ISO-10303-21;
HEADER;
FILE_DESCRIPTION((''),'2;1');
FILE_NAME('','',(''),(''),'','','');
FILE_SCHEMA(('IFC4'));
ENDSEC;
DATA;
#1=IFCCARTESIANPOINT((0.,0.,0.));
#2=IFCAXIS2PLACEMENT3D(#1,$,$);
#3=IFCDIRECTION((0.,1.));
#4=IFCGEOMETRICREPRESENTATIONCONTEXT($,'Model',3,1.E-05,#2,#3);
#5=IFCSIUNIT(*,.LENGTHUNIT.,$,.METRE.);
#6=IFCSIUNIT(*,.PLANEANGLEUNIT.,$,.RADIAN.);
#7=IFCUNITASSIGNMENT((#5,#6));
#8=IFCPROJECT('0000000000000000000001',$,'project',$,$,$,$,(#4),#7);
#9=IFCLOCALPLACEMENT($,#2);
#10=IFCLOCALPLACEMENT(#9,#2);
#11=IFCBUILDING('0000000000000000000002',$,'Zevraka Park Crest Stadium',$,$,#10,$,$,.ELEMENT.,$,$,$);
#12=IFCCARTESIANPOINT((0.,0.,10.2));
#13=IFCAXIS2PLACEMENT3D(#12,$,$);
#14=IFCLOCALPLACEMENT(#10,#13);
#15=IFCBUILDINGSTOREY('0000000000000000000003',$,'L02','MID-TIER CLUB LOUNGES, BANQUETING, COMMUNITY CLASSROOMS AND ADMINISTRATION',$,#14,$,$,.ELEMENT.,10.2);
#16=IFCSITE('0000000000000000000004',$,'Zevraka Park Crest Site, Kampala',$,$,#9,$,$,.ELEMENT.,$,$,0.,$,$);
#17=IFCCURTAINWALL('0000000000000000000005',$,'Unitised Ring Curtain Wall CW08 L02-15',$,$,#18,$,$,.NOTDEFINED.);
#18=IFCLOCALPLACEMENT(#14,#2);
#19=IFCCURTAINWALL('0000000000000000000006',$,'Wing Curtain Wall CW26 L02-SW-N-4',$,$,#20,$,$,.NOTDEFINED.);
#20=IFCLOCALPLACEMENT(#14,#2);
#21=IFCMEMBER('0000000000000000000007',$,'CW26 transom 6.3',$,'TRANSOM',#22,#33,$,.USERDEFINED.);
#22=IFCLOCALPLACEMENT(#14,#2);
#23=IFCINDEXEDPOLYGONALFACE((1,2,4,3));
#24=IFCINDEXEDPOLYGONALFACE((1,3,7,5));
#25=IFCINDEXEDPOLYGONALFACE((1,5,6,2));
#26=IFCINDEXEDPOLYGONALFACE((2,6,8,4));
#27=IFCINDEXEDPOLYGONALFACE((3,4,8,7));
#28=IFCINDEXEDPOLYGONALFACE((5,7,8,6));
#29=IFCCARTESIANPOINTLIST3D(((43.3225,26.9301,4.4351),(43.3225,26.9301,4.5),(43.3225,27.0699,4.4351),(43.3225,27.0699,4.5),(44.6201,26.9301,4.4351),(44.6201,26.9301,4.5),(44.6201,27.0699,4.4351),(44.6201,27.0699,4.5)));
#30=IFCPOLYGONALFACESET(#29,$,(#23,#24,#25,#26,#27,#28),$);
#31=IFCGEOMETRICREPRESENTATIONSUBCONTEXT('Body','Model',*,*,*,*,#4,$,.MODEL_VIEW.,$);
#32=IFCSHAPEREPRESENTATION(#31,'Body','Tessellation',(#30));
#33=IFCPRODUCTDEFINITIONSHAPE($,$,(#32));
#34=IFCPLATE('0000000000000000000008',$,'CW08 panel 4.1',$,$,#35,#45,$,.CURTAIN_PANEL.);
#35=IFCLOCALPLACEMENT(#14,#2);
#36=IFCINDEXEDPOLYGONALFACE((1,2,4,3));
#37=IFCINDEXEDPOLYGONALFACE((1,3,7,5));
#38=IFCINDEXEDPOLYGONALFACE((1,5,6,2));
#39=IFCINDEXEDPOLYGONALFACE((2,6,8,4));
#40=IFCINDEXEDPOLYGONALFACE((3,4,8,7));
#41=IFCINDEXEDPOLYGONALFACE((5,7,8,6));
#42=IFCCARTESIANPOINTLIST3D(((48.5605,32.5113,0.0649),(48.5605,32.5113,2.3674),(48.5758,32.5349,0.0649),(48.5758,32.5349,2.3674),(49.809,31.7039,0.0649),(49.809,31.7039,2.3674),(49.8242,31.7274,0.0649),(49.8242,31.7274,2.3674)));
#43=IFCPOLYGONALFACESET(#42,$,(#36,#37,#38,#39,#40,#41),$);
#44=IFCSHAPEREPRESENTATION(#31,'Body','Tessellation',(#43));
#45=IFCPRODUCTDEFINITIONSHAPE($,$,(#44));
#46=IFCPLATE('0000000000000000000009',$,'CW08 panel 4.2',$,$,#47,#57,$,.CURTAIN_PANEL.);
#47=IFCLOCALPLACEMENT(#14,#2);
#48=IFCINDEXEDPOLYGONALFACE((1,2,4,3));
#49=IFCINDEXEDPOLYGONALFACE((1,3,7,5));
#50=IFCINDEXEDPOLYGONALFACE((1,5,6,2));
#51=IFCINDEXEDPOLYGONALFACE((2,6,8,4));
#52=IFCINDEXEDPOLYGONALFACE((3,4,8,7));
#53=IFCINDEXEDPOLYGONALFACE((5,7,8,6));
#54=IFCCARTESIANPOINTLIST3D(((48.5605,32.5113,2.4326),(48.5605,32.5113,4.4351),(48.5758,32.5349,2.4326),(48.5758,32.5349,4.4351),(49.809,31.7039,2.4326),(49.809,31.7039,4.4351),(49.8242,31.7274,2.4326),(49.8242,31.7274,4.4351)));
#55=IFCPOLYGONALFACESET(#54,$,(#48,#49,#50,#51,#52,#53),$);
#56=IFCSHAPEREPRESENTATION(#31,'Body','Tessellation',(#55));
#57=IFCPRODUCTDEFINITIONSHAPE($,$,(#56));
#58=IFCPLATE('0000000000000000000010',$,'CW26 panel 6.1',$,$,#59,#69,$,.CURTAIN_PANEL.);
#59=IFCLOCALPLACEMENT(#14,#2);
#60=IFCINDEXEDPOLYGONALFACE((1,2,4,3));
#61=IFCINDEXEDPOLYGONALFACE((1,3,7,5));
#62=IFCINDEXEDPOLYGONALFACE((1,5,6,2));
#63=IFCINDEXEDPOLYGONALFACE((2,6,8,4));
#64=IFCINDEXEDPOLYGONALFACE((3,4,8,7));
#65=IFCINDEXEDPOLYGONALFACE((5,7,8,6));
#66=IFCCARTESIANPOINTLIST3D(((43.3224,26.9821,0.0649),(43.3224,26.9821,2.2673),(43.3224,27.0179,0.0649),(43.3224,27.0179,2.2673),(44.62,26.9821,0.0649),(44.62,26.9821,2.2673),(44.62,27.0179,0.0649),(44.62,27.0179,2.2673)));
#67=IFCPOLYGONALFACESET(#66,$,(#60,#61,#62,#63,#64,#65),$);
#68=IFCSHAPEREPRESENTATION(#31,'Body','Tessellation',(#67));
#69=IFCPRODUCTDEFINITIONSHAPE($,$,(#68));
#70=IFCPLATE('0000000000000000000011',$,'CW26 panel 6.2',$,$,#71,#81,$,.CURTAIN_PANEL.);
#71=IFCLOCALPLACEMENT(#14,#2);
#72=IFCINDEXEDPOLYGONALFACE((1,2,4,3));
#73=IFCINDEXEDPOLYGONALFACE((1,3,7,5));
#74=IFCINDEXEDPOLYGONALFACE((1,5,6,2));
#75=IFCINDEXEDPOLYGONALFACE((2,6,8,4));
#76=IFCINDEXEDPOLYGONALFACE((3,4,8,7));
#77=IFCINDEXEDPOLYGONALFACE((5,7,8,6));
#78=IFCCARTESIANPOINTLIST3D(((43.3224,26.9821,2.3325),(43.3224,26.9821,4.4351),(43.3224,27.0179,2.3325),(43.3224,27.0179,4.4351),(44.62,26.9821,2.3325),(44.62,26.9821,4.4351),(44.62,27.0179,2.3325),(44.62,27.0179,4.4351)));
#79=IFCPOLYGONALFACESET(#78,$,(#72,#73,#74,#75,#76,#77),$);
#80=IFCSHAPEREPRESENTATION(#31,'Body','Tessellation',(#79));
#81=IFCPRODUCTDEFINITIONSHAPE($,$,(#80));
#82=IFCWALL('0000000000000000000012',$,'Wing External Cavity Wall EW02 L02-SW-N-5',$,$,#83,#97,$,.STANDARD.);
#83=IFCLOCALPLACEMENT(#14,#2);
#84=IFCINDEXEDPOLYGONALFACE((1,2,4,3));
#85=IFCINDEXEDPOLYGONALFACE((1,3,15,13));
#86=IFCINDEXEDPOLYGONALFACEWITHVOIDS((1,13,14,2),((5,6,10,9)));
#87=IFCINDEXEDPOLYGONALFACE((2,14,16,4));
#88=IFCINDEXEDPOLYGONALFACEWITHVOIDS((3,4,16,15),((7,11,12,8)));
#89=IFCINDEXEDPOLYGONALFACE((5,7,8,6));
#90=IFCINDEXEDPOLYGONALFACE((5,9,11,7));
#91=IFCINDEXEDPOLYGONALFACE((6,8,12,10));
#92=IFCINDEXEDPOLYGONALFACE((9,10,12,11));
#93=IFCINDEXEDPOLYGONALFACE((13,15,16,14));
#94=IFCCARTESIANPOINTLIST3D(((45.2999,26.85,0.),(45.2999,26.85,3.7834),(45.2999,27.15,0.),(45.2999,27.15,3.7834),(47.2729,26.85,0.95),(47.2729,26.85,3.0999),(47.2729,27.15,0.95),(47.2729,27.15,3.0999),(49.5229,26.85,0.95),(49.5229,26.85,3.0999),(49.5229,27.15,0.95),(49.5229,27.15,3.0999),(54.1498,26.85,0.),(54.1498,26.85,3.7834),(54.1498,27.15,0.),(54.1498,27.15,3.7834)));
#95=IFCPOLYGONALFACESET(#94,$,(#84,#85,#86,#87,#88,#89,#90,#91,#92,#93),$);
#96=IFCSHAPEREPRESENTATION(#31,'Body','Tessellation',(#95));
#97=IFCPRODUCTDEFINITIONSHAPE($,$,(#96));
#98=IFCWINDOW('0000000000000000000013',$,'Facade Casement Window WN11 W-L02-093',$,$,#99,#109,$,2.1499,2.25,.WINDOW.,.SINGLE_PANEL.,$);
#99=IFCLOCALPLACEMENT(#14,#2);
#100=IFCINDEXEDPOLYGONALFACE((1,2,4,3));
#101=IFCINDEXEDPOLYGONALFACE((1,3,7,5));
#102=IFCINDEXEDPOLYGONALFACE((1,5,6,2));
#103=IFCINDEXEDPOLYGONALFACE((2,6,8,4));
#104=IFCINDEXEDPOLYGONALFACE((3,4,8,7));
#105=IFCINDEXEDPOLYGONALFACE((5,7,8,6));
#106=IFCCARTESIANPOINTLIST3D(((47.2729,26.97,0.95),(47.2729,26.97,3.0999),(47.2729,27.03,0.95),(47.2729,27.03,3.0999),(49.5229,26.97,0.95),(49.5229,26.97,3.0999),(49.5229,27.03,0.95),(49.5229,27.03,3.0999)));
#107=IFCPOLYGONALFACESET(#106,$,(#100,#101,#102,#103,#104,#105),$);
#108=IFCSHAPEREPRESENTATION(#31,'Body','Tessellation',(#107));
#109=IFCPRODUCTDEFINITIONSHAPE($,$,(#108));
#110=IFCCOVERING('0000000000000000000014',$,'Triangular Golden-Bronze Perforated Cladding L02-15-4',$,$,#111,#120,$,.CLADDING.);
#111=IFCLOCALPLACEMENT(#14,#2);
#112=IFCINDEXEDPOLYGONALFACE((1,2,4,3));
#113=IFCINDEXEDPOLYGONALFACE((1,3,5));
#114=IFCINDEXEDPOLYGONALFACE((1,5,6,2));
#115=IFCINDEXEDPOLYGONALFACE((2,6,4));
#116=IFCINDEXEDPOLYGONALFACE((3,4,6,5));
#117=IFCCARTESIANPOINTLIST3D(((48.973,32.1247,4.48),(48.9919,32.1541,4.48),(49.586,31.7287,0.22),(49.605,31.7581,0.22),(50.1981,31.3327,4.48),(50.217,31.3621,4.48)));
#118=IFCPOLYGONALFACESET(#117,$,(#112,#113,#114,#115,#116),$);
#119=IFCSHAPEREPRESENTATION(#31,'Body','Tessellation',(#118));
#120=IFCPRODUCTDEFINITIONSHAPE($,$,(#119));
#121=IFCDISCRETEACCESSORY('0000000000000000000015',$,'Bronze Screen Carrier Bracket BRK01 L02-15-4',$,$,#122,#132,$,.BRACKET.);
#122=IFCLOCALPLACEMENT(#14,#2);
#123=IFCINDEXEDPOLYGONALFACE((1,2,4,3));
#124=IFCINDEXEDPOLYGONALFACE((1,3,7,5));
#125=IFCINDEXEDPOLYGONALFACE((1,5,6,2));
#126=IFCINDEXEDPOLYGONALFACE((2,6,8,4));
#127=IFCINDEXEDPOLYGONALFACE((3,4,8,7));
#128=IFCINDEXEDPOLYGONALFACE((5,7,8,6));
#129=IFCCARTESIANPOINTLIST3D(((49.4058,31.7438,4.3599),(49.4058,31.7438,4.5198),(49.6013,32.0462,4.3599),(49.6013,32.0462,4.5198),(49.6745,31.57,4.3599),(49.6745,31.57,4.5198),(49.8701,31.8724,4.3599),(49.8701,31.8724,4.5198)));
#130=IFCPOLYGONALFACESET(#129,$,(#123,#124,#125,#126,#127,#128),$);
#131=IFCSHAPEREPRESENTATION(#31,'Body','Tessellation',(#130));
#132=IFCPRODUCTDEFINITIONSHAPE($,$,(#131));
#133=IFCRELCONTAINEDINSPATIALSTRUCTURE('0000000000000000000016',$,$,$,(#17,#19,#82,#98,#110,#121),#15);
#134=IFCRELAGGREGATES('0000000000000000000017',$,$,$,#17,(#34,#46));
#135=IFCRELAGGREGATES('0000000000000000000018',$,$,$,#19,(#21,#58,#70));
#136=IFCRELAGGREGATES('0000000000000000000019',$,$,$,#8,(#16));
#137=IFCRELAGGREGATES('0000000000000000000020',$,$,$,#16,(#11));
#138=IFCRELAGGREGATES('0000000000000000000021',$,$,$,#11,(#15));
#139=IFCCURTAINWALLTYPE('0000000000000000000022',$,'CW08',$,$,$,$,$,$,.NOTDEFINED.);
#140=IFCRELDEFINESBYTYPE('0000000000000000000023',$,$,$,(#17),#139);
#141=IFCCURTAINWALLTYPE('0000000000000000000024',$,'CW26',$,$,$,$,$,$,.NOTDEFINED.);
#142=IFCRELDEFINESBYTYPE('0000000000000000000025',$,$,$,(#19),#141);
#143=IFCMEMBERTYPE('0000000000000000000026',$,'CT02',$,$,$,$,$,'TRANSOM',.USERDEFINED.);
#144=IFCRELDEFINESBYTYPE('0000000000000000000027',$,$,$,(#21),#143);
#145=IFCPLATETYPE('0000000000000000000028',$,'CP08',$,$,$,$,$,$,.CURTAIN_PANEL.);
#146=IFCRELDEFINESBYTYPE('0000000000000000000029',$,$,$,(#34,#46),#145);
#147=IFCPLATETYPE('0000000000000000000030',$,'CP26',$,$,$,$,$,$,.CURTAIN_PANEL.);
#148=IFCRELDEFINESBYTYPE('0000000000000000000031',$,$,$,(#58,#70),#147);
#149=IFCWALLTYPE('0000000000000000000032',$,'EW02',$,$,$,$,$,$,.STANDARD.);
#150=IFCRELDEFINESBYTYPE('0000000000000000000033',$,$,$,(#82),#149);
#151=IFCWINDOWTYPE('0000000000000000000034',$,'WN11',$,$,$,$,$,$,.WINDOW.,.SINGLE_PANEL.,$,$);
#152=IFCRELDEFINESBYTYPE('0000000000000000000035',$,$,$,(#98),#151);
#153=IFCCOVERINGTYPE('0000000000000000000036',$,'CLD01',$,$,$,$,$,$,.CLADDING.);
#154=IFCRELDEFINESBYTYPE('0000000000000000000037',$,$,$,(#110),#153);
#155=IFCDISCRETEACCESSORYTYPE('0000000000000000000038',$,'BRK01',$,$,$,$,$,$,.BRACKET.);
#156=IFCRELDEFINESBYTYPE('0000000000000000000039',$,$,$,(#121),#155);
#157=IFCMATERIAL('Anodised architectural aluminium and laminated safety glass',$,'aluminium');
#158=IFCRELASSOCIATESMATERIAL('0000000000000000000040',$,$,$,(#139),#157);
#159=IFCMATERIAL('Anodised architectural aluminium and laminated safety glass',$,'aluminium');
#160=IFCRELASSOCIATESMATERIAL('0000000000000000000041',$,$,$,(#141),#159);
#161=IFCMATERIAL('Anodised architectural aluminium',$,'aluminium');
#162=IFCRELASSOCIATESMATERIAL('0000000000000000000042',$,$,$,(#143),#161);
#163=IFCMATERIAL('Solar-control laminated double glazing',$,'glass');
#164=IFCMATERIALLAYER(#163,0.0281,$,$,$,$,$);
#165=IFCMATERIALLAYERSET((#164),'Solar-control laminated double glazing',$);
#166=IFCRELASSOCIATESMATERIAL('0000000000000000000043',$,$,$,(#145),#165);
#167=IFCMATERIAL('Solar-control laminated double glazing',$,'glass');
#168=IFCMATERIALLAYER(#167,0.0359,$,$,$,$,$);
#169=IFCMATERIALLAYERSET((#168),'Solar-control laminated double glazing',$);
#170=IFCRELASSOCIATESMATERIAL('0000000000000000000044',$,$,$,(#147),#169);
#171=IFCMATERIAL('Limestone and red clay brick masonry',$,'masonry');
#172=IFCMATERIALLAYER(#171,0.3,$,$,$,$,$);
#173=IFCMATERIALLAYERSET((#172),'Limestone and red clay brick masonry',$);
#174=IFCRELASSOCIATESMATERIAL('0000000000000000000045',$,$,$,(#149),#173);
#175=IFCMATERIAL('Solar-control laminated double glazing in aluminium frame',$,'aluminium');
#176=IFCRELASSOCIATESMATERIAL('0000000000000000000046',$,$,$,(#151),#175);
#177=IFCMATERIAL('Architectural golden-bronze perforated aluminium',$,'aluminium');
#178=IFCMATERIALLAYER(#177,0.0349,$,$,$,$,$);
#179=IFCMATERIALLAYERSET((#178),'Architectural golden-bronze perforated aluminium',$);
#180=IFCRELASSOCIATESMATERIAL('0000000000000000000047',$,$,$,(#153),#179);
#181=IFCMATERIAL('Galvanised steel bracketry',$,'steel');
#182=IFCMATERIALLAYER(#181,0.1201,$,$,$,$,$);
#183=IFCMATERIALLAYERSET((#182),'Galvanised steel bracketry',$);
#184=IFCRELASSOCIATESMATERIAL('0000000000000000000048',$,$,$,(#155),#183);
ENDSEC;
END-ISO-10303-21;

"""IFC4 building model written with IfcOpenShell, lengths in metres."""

from ifc_helpers import new_model, si_unit, direction, frame, frame_2d, origin, origin_2d, place, context, subcontext, project, spatial, polyline, rectangle, outline, extrude, material, layer, layer_set, material_profile, profile_set, type_object, element, fill, aggregate, save


model = new_model("IFC4")

# Units and contexts
model_context = context("Model", 3, precision=1e-05, world=origin(), true_north=direction((0.0, 1.0)))
body_context = subcontext(model_context, "Body", "Model", "MODEL_VIEW")
ifc_project = project(units=[si_unit("LENGTHUNIT", "METRE"), si_unit("PLANEANGLEUNIT", "RADIAN")], contexts=[model_context])

# Site, building, storey
site_placement = place(None, origin())
site = spatial("IfcSite", under=ifc_project, at=site_placement, Name="Zevraka Park Crest Site, Kampala", CompositionType="ELEMENT", RefElevation=0.0)
building_placement = place(site_placement, origin())
building = spatial("IfcBuilding", under=site, at=building_placement, Name="Zevraka Park Crest Stadium", CompositionType="ELEMENT")
storey_placement = place(building_placement, frame((0.0, 0.0, 10.2)))
storey = spatial("IfcBuildingStorey", under=building, at=storey_placement, Name="L02", Description="MID-TIER CLUB LOUNGES, BANQUETING, COMMUNITY CLASSROOMS AND ADMINISTRATION", CompositionType="ELEMENT", Elevation=10.2)

# Curtain wall
ifc_material_1 = material(Name="Anodised architectural aluminium and laminated safety glass", Category="aluminium")
curtain_wall_type_1 = type_object("IfcCurtainWallType", Name="CW08", PredefinedType="NOTDEFINED", material=ifc_material_1)
curtain_wall_1_placement = place(storey_placement, origin())
curtain_wall_1 = element("IfcCurtainWall", 1, at=curtain_wall_1_placement, inside=storey, type_object=curtain_wall_type_1, Name="Unitised Ring Curtain Wall CW08 L02-15", PredefinedType="NOTDEFINED")

# Curtain wall
ifc_material_2 = material(Name="Anodised architectural aluminium and laminated safety glass", Category="aluminium")
curtain_wall_type_2 = type_object("IfcCurtainWallType", Name="CW26", PredefinedType="NOTDEFINED", material=ifc_material_2)
curtain_wall_2_placement = place(storey_placement, origin())
curtain_wall_2 = element("IfcCurtainWall", 2, at=curtain_wall_2_placement, inside=storey, type_object=curtain_wall_type_2, Name="Wing Curtain Wall CW26 L02-SW-N-4", PredefinedType="NOTDEFINED")

# Member
ifc_material_3 = material(Name="Anodised architectural aluminium", Category="aluminium")
ifc_material_profile_1 = material_profile(ifc_material_3, rectangle(XDim=0.1399, YDim=0.0649, at=origin_2d()), Name="ALU TRANSOM 140x65")
ifc_profile_set_1 = profile_set([ifc_material_profile_1], Name="Anodised architectural aluminium")
member_type_1 = type_object("IfcMemberType", Name="CT02", ElementType="TRANSOM", PredefinedType="USERDEFINED", material=ifc_profile_set_1)
member_1_placement = place(storey_placement, frame((43.3225, 27.0, 4.4675), z_axis=(1.0, 0.0, 0.0), x_axis=(0.0, 1.0, 0.0)))
member_1 = element("IfcMember", 3, at=member_1_placement, type_object=member_type_1, Name="CW26 transom 6.3", ObjectType="TRANSOM", PredefinedType="USERDEFINED", context=body_context, shape_type="SweptSolid", body=[
    extrude(rectangle(XDim=0.1399, YDim=0.0649, at=origin_2d()), origin(), (0.0, 0.0, 1.0), 1.2976),
])

# Plates
ifc_material_4 = material(Name="Solar-control laminated double glazing", Category="glass")
ifc_layer_1 = layer(ifc_material_4, 0.0281)
ifc_layer_set_1 = layer_set([ifc_layer_1], Name="Solar-control laminated double glazing")
plate_type_1 = type_object("IfcPlateType", Name="CP08", PredefinedType="CURTAIN_PANEL", material=ifc_layer_set_1)
plate_1_placement = place(storey_placement, frame((49.1924, 32.1194, 0.0649), z_axis=(0.0, 0.0, 1.0), x_axis=(0.83967, -0.543096, 0.0)))
plate_1 = element("IfcPlate", 4, at=plate_1_placement, type_object=plate_type_1, Name="CW08 panel 4.1", PredefinedType="CURTAIN_PANEL", context=body_context, shape_type="SweptSolid", body=[
    extrude(rectangle(XDim=1.4868, YDim=0.0281, at=origin_2d()), origin(), (0.0, 0.0, 1.0), 2.3025),
])
plate_2_placement = place(storey_placement, frame((49.1924, 32.1194, 2.4326), z_axis=(0.0, 0.0, 1.0), x_axis=(0.83967, -0.543096, 0.0)))
plate_2 = element("IfcPlate", 5, at=plate_2_placement, type_object=plate_type_1, Name="CW08 panel 4.2", PredefinedType="CURTAIN_PANEL", context=body_context, shape_type="SweptSolid", body=[
    extrude(rectangle(XDim=1.4868, YDim=0.0281, at=origin_2d()), origin(), (0.0, 0.0, 1.0), 2.0024),
])
aggregate(curtain_wall_1, [plate_1, plate_2])
ifc_material_5 = material(Name="Solar-control laminated double glazing", Category="glass")
ifc_layer_2 = layer(ifc_material_5, 0.0359)
ifc_layer_set_2 = layer_set([ifc_layer_2], Name="Solar-control laminated double glazing")
plate_type_2 = type_object("IfcPlateType", Name="CP26", PredefinedType="CURTAIN_PANEL", material=ifc_layer_set_2)
plate_3_placement = place(storey_placement, frame((43.9712, 27.0, 0.0649), z_axis=(0.0, 0.0, 1.0), x_axis=(1.0, 0.0, 0.0)))
plate_3 = element("IfcPlate", 6, at=plate_3_placement, type_object=plate_type_2, Name="CW26 panel 6.1", PredefinedType="CURTAIN_PANEL", context=body_context, shape_type="SweptSolid", body=[
    extrude(rectangle(XDim=1.2976, YDim=0.0359, at=origin_2d()), origin(), (0.0, 0.0, 1.0), 2.2024),
])
plate_4_placement = place(storey_placement, frame((43.9712, 27.0, 2.3325), z_axis=(0.0, 0.0, 1.0), x_axis=(1.0, 0.0, 0.0)))
plate_4 = element("IfcPlate", 7, at=plate_4_placement, type_object=plate_type_2, Name="CW26 panel 6.2", PredefinedType="CURTAIN_PANEL", context=body_context, shape_type="SweptSolid", body=[
    extrude(rectangle(XDim=1.2976, YDim=0.0359, at=origin_2d()), origin(), (0.0, 0.0, 1.0), 2.1025),
])
aggregate(curtain_wall_2, [member_1, plate_3, plate_4])

# Wall, opening, window
ifc_material_6 = material(Name="Limestone and red clay brick masonry", Category="masonry")
ifc_layer_3 = layer(ifc_material_6, 0.3)
ifc_layer_set_3 = layer_set([ifc_layer_3], Name="Limestone and red clay brick masonry")
wall_type = type_object("IfcWallType", Name="EW02", PredefinedType="STANDARD", material=ifc_layer_set_3)
wall_placement = place(storey_placement, frame((45.3, 27.0, 0.0), z_axis=(0.0, 0.0, 1.0), x_axis=(1.0, 0.0, 0.0)))
wall = element("IfcWall", 8, at=wall_placement, inside=storey, type_object=wall_type, Name="Wing External Cavity Wall EW02 L02-SW-N-5", PredefinedType="STANDARD", context=body_context, shape_type="SweptSolid", body=[
    extrude(rectangle(XDim=8.8499, YDim=0.3, at=frame_2d((4.4248, 0.0))), origin(), (0.0, 0.0, 1.0), 3.7834),
])
opening_placement = place(wall_placement, frame((1.9729, 0.0, 0.95)))
opening = element("IfcOpeningElement", 9, at=opening_placement, cuts=wall, PredefinedType="OPENING", context=body_context, shape_type="SweptSolid", body=[
    extrude(rectangle(XDim=2.25, YDim=2.1499, at=frame_2d((1.125, 1.075))), frame((0.0, 0.1599, 0.0), z_axis=(0.0, -1.0, 0.0), x_axis=(1.0, 0.0, 0.0)), (0.0, 0.0, 1.0), 0.3201),
])
ifc_material_7 = material(Name="Solar-control laminated double glazing in aluminium frame", Category="aluminium")
window_type = type_object("IfcWindowType", Name="WN11", PartitioningType="SINGLE_PANEL", PredefinedType="WINDOW", material=ifc_material_7)
window_placement = place(opening_placement, origin())
window = element("IfcWindow", 10, at=window_placement, inside=storey, type_object=window_type, Name="Facade Casement Window WN11 W-L02-093", OverallHeight=2.1499, OverallWidth=2.25, PartitioningType="SINGLE_PANEL", PredefinedType="WINDOW", context=body_context, shape_type="SweptSolid", body=[
    extrude(rectangle(XDim=2.25, YDim=2.1499, at=frame_2d((1.125, 1.075))), frame((0.0, 0.03, 0.0), z_axis=(0.0, -1.0, 0.0), x_axis=(1.0, 0.0, 0.0)), (0.0, 0.0, 1.0), 0.0601),
])
fill(opening, window)

# Covering
ifc_material_8 = material(Name="Architectural golden-bronze perforated aluminium", Category="aluminium")
ifc_layer_4 = layer(ifc_material_8, 0.0349)
ifc_layer_set_4 = layer_set([ifc_layer_4], Name="Architectural golden-bronze perforated aluminium")
covering_type = type_object("IfcCoveringType", Name="CLD01", PredefinedType="CLADDING", material=ifc_layer_set_4)
covering_placement = place(storey_placement, frame((50.217, 31.3621, 4.48), z_axis=(0.542904, 0.839795, 0.000062), x_axis=(-0.839795, 0.542904, 0.0)))
element("IfcCovering", 11, at=covering_placement, inside=storey, type_object=covering_type, Name="Triangular Golden-Bronze Perforated Cladding L02-15-4", PredefinedType="CLADDING", context=body_context, shape_type="SweptSolid", body=[
    extrude(outline(polyline([(0.0, 0.0), (1.4588, 0.0), (0.729, -4.26), (0.0, 0.0)])), origin(), (0.0, 0.0, -1.0), 0.0349),
])

# Discrete accessory
ifc_material_9 = material(Name="Galvanised steel bracketry", Category="steel")
ifc_layer_5 = layer(ifc_material_9, 0.1201)
ifc_layer_set_5 = layer_set([ifc_layer_5], Name="Galvanised steel bracketry")
discrete_accessory_type = type_object("IfcDiscreteAccessoryType", Name="BRK01", PredefinedType="BRACKET", material=ifc_layer_set_5)
discrete_accessory_placement = place(storey_placement, frame((49.6379, 31.8081, 4.3599), z_axis=(0.0, 0.0, 1.0), x_axis=(0.839715, -0.543028, 0.0)))
element("IfcDiscreteAccessory", 12, at=discrete_accessory_placement, inside=storey, type_object=discrete_accessory_type, Name="Bronze Screen Carrier Bracket BRK01 L02-15-4", PredefinedType="BRACKET", context=body_context, shape_type="SweptSolid", body=[
    extrude(rectangle(XDim=0.3201, YDim=0.3601, at=origin_2d()), origin(), (0.0, 0.0, 1.0), 0.1599),
])

save(model, "model.ifc")
